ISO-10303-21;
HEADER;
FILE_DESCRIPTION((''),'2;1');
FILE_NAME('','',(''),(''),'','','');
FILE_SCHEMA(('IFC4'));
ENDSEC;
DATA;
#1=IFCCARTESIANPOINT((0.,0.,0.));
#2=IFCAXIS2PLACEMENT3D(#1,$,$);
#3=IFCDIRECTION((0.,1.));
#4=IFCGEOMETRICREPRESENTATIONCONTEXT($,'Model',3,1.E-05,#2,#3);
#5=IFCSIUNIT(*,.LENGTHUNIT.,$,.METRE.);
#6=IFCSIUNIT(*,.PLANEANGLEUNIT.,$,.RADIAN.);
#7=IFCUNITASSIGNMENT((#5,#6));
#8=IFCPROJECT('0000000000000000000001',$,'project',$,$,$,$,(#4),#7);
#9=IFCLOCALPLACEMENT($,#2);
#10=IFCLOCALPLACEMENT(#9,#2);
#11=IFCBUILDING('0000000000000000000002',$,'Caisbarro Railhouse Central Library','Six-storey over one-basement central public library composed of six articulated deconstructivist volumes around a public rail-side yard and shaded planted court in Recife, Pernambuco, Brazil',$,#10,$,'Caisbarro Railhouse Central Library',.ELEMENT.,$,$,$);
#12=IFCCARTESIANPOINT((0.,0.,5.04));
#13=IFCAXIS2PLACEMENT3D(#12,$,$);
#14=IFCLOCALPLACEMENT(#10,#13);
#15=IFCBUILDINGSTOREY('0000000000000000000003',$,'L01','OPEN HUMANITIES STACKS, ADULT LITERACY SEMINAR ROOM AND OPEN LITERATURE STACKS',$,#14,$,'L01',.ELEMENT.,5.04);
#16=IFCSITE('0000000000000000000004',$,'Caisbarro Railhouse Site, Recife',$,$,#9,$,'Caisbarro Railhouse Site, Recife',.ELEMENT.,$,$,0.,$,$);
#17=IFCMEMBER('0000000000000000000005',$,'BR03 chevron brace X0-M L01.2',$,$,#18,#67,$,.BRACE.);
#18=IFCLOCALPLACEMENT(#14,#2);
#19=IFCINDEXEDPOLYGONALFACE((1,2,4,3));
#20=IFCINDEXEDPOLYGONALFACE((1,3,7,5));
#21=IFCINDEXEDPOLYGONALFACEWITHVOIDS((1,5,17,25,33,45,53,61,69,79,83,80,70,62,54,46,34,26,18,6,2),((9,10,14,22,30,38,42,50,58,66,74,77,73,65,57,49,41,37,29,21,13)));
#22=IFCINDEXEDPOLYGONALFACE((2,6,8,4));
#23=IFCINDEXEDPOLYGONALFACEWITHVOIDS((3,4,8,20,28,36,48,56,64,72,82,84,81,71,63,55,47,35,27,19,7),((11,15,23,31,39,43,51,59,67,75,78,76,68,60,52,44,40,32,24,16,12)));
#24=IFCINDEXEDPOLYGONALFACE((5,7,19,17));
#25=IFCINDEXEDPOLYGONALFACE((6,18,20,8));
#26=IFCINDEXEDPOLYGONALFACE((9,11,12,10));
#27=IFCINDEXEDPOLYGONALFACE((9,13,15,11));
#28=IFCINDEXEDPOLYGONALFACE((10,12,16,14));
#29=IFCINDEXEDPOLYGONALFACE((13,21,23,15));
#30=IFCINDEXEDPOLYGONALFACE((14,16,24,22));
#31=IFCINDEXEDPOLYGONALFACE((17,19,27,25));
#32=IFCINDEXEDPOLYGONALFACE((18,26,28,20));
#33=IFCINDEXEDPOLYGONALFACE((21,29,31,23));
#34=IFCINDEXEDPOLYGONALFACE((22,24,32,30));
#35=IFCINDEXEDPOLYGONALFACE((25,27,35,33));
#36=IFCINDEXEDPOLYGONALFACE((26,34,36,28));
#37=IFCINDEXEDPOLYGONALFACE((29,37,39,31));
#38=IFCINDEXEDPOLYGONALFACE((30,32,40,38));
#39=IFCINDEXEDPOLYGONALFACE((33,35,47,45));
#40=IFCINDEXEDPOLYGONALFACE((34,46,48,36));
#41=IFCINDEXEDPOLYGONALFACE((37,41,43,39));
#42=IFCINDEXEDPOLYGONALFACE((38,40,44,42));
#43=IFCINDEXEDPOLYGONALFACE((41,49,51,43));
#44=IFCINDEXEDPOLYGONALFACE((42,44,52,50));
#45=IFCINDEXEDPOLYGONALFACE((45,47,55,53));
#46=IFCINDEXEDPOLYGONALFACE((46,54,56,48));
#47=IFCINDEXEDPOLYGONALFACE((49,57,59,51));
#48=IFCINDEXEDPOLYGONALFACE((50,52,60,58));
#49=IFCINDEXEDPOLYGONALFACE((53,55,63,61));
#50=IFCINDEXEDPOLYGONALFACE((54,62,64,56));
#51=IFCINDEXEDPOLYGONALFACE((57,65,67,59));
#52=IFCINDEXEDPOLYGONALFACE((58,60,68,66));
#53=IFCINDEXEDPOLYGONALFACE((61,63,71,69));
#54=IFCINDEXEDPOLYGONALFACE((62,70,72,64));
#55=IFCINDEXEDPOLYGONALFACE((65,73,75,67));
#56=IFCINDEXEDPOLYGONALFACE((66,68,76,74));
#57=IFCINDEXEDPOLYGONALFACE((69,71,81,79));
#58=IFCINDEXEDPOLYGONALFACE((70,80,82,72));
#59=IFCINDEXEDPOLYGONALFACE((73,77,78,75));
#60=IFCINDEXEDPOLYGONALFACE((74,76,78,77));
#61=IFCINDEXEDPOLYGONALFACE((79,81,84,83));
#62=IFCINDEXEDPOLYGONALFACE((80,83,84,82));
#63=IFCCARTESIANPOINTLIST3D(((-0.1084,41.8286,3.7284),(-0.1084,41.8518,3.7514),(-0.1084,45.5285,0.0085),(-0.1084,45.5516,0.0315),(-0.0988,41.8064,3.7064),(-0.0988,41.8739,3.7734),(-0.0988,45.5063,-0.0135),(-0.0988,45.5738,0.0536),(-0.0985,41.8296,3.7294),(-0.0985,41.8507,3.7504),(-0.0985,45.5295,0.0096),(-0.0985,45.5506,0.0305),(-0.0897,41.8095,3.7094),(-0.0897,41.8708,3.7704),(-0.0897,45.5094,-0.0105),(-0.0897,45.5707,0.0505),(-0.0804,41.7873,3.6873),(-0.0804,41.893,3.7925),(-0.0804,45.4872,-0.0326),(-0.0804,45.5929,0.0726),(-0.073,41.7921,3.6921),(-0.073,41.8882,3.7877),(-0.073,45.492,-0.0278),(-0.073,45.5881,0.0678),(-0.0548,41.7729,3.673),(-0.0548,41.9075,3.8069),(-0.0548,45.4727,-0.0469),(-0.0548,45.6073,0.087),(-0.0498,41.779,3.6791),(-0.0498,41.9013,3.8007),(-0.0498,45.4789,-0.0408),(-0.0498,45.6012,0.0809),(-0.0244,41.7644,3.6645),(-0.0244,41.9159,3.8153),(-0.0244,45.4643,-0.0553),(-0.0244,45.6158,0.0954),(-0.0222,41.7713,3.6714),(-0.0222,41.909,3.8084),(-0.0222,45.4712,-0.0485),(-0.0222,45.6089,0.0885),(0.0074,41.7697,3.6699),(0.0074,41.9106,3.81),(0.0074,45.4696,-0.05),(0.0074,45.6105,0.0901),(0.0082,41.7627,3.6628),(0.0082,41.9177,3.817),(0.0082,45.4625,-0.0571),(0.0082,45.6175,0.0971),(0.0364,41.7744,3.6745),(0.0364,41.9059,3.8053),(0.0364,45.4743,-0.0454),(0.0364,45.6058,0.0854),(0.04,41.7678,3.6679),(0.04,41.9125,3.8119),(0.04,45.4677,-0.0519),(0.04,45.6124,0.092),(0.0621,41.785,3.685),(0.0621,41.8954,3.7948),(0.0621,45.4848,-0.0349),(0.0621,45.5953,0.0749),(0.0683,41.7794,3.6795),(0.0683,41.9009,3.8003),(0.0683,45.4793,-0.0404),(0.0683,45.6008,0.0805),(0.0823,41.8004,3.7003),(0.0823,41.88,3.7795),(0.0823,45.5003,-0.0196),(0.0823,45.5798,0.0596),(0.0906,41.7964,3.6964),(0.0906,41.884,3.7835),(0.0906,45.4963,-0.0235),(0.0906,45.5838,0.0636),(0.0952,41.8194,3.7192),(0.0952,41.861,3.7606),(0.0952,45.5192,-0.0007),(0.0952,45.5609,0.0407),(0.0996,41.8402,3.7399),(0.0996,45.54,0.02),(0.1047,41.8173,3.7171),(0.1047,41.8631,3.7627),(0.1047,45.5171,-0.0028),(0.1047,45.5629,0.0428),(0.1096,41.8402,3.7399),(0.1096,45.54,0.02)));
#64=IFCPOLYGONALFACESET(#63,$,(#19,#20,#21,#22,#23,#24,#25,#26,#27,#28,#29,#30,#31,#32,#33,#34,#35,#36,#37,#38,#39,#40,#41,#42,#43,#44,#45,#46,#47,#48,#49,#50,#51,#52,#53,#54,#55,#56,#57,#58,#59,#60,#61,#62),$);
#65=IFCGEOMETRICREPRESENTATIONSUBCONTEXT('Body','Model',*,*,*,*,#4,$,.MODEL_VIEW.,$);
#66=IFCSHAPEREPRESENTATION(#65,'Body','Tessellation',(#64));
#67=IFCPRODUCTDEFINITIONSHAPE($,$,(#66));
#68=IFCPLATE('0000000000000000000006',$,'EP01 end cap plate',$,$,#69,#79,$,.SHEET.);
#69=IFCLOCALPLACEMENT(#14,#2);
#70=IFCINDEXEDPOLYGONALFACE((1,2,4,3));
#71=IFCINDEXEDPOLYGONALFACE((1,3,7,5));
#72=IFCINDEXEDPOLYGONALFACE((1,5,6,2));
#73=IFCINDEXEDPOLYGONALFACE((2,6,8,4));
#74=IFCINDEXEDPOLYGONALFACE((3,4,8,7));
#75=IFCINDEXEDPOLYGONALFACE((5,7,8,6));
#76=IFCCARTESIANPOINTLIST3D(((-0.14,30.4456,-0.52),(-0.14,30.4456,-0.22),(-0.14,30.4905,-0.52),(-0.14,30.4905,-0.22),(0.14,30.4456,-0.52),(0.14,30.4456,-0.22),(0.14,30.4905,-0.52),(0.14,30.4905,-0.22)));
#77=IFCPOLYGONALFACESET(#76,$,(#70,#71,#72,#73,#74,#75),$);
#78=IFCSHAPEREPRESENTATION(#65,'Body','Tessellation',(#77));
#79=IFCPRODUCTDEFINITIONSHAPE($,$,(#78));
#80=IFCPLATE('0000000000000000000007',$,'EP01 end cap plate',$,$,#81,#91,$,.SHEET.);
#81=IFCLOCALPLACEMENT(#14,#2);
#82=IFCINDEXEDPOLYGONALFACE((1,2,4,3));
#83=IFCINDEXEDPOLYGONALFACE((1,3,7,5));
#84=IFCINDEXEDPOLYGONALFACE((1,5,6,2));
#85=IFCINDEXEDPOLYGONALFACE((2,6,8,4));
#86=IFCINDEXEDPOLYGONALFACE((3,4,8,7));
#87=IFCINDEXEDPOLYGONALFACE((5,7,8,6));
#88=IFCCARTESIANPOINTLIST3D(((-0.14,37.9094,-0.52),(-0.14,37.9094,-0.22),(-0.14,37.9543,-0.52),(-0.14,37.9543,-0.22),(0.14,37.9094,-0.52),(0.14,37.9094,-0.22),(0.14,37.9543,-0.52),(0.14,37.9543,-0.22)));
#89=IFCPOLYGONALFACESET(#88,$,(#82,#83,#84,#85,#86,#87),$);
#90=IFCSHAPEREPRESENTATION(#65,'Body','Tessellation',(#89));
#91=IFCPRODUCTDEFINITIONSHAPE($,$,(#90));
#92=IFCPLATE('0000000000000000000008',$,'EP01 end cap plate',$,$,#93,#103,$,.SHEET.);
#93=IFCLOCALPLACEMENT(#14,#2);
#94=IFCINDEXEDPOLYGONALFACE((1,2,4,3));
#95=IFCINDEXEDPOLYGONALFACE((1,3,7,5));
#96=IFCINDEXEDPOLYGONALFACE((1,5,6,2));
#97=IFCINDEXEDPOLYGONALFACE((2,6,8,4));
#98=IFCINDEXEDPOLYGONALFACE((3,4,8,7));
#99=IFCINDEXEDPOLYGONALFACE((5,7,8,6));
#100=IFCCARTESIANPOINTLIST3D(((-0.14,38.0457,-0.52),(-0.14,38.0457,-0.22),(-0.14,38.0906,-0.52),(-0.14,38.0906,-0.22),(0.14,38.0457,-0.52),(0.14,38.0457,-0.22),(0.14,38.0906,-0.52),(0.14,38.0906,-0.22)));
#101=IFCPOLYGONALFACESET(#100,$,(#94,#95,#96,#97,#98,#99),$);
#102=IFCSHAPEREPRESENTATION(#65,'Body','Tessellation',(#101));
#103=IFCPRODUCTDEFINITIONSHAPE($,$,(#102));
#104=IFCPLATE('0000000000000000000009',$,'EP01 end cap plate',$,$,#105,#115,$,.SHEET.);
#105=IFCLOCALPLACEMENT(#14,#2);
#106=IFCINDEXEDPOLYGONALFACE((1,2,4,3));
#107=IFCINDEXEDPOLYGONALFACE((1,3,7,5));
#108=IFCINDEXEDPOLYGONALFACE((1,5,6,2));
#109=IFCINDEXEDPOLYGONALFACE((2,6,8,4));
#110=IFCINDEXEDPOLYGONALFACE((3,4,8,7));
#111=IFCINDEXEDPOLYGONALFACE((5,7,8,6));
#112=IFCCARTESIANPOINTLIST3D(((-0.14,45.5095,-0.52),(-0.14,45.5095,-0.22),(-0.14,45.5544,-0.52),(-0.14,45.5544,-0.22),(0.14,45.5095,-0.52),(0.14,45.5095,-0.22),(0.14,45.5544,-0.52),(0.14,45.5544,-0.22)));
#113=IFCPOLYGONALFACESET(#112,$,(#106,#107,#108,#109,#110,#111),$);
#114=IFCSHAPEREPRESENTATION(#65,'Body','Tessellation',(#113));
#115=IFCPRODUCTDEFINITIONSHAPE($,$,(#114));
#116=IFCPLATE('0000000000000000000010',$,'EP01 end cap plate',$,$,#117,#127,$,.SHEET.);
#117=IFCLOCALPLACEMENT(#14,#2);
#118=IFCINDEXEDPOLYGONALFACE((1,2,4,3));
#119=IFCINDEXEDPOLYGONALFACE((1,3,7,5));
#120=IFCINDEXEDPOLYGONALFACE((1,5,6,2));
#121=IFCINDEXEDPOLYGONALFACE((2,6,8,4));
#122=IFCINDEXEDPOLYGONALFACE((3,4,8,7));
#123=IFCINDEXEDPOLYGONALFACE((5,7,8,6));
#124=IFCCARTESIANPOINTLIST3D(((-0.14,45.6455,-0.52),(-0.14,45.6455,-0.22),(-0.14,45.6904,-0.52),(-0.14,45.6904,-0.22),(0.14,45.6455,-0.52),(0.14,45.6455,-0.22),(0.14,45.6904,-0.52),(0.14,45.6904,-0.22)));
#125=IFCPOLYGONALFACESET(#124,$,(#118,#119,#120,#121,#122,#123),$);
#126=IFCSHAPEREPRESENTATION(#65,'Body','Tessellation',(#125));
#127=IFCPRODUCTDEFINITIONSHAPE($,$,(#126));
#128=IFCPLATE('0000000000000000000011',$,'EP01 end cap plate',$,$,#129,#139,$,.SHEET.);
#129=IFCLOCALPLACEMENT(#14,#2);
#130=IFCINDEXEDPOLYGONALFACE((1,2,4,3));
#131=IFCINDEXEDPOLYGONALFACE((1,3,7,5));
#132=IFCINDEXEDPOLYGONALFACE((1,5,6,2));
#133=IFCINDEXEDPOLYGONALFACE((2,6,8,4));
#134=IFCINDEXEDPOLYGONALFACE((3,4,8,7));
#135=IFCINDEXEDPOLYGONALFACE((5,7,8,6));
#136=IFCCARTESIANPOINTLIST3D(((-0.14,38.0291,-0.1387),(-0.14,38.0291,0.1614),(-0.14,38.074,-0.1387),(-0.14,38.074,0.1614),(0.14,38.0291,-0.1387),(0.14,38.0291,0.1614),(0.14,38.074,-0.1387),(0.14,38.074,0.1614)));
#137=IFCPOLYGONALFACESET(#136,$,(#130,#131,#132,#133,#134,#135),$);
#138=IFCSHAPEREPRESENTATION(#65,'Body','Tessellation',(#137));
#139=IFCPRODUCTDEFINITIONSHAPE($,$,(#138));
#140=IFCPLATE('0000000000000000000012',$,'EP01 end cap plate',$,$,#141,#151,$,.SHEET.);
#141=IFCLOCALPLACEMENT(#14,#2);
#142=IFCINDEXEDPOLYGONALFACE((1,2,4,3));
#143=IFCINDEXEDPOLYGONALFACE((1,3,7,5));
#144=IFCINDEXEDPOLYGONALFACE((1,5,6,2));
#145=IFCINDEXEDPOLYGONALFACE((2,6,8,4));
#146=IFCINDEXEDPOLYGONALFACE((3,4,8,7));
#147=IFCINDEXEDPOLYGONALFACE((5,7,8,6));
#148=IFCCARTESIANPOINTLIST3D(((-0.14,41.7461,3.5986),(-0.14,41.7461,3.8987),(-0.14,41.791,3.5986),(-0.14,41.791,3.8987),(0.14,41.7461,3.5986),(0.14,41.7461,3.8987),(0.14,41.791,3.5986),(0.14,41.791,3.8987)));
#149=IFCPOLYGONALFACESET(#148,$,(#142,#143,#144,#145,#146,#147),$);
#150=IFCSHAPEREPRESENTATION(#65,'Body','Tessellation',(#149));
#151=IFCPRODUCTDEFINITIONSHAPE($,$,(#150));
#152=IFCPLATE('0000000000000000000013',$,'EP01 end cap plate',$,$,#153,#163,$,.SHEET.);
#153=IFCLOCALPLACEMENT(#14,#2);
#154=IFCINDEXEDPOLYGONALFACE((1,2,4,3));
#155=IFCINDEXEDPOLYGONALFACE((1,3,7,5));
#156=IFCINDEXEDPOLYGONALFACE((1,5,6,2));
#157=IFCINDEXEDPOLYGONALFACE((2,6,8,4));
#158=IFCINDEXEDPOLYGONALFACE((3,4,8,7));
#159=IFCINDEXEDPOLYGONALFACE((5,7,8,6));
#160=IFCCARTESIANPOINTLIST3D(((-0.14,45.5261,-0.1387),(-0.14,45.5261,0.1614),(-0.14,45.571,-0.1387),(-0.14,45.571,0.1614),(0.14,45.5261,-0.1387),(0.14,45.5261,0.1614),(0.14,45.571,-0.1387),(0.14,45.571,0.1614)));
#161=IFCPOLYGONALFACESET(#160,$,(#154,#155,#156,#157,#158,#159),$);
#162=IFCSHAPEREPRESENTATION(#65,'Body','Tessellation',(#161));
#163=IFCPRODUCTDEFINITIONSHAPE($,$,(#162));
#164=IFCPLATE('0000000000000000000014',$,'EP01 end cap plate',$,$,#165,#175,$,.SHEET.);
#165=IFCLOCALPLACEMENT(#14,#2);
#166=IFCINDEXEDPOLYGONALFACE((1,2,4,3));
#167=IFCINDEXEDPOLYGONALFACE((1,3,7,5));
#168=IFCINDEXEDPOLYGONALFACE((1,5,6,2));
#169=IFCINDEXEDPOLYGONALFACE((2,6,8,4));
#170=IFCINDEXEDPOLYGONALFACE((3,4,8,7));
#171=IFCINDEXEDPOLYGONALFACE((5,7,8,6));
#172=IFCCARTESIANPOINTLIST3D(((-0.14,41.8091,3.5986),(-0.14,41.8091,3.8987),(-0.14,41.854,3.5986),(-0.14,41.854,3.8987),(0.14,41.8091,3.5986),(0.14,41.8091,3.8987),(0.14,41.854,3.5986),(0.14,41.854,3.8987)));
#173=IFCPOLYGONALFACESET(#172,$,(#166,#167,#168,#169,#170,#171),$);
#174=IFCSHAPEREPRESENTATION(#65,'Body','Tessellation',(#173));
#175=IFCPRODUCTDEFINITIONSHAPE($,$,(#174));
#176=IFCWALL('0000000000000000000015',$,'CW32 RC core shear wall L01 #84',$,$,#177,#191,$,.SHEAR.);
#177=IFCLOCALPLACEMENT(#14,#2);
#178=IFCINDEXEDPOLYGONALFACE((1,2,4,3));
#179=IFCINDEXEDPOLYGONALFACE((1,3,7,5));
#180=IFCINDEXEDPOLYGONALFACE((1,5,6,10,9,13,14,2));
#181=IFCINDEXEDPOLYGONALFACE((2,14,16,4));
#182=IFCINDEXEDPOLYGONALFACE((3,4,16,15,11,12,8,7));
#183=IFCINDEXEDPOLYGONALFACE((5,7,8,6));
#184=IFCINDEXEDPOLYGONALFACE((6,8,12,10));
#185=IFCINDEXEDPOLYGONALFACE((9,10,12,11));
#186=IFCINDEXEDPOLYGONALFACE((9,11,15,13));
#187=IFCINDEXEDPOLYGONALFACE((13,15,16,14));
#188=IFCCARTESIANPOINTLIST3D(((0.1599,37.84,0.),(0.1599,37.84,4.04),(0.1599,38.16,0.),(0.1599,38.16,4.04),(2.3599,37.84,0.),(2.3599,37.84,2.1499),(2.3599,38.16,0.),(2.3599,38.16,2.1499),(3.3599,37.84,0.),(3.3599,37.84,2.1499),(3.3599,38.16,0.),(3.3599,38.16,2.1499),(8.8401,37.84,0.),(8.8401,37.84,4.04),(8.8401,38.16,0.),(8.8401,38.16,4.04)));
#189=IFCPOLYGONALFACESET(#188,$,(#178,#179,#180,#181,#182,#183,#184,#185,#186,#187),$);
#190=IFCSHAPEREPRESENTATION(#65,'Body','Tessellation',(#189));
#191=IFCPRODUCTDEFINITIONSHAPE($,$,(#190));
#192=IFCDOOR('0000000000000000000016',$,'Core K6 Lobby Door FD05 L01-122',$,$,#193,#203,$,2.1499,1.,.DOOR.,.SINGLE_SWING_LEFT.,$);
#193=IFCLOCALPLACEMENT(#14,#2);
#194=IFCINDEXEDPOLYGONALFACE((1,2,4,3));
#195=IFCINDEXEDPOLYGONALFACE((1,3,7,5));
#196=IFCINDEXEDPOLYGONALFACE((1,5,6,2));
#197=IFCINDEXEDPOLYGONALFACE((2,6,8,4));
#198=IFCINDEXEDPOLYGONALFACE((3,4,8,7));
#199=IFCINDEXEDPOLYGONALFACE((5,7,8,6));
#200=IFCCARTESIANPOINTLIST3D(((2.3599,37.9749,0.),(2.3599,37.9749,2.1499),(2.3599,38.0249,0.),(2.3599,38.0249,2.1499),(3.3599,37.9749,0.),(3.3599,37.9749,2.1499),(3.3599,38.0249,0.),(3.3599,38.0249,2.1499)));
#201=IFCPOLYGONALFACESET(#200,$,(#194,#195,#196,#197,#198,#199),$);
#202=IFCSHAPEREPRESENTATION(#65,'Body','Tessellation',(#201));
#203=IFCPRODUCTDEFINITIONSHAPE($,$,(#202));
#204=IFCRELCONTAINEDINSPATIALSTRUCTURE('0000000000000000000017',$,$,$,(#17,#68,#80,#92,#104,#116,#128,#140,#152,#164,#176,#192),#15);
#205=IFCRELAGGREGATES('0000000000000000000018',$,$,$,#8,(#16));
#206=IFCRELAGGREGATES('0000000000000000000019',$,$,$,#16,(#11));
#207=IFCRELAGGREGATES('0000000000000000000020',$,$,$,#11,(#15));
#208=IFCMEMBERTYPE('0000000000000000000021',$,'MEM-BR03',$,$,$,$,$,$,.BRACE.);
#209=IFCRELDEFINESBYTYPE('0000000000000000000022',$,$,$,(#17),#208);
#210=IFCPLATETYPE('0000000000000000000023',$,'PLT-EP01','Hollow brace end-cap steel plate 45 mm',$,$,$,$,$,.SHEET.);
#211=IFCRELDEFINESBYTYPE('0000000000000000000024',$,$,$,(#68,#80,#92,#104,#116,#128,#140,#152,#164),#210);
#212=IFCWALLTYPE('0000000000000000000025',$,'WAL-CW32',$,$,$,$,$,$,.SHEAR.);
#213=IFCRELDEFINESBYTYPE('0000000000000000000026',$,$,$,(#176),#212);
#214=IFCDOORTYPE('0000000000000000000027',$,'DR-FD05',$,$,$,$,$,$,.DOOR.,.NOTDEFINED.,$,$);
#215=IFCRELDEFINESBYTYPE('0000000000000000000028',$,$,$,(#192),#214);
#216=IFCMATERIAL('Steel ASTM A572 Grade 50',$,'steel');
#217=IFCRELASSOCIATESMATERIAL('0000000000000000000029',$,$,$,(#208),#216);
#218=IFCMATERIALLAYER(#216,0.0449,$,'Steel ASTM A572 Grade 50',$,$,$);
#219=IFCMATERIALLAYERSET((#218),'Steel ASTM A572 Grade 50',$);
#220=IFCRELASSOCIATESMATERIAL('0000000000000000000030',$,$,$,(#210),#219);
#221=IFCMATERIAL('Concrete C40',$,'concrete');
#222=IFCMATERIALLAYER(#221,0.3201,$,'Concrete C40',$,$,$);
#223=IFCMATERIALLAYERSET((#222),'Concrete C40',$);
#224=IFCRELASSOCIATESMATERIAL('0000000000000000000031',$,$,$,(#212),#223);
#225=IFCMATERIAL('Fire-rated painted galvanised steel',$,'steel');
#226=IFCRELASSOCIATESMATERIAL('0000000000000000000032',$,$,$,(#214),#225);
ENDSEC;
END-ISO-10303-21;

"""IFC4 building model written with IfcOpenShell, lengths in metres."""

from ifc_helpers import new_model, si_unit, direction, frame, frame_2d, origin, origin_2d, place, context, subcontext, project, spatial, rectangle, hollow_circle, extrude, material, layer, layer_set, material_profile, profile_set, type_object, element, fill, save


model = new_model("IFC4")

# Units and contexts
model_context = context("Model", 3, precision=1e-05, world=origin(), true_north=direction((0.0, 1.0)))
body_context = subcontext(model_context, "Body", "Model", "MODEL_VIEW")
ifc_project = project(units=[si_unit("LENGTHUNIT", "METRE"), si_unit("PLANEANGLEUNIT", "RADIAN")], contexts=[model_context])

# Site, building, storey
site_placement = place(None, origin())
site = spatial("IfcSite", under=ifc_project, at=site_placement, Name="Caisbarro Railhouse Site, Recife", LongName="Caisbarro Railhouse Site, Recife", CompositionType="ELEMENT", RefElevation=0.0)
building_placement = place(site_placement, origin())
building = spatial("IfcBuilding", under=site, at=building_placement, Name="Caisbarro Railhouse Central Library", Description="Six-storey over one-basement central public library composed of six articulated deconstructivist volumes around a public rail-side yard and shaded planted court in Recife, Pernambuco, Brazil", LongName="Caisbarro Railhouse Central Library", CompositionType="ELEMENT")
storey_placement = place(building_placement, frame((0.0, 0.0, 5.04)))
storey = spatial("IfcBuildingStorey", under=building, at=storey_placement, Name="L01", Description="OPEN HUMANITIES STACKS, ADULT LITERACY SEMINAR ROOM AND OPEN LITERATURE STACKS", LongName="L01", CompositionType="ELEMENT", Elevation=5.04)

# Shared definitions
ifc_material_1 = material(Name="Steel ASTM A572 Grade 50", Category="steel")

# Shared definitions
ifc_material_2 = material(Name="Concrete C40", Category="concrete")

# Member
ifc_material_profile_1 = material_profile(ifc_material_1, hollow_circle(Radius=0.1096, WallThickness=0.01, at=origin_2d()), Name="CHS219.1X10")
ifc_profile_set_1 = profile_set([ifc_material_profile_1], Name="Steel ASTM A572 Grade 50")
member_type_1 = type_object("IfcMemberType", Name="MEM-BR03", PredefinedType="BRACE", material=ifc_profile_set_1)
for number, where, z_axis, x_axis, name in (
    (1, (0.0, 45.54, 0.02), (0.0, -0.705196, 0.709012), (1.0, 0.0, 0.0), "BR03 chevron brace X0-M L01.2"),
):
    element("IfcMember", number, at=place(storey_placement, frame(where, z_axis=z_axis, x_axis=x_axis)), inside=storey, type_object=member_type_1, Name=name, PredefinedType="BRACE", context=body_context, shape_type="SweptSolid", body=[
        extrude(hollow_circle(Radius=0.1096, WallThickness=0.01, at=origin_2d()), origin(), (0.0, 0.0, 1.0), 5.2466),
    ])

# Plates
ifc_layer_1 = layer(ifc_material_1, 0.0449, Name="Steel ASTM A572 Grade 50")
ifc_layer_set_1 = layer_set([ifc_layer_1], Name="Steel ASTM A572 Grade 50")
plate_type = type_object("IfcPlateType", Name="PLT-EP01", Description="Hollow brace end-cap steel plate 45 mm", PredefinedType="SHEET", material=ifc_layer_set_1)
for number, where, z_axis, x_axis, name in (
    (2, (0.0, 30.468, -0.52), (0.0, 0.0, 1.0), (0.0, 1.0, 0.0), "EP01 end cap plate"),
    (3, (0.0, 37.9319, -0.52), (0.0, 0.0, 1.0), (0.0, 1.0, 0.0), "EP01 end cap plate"),
    (4, (0.0, 38.0681, -0.52), (0.0, 0.0, 1.0), (0.0, 1.0, 0.0), "EP01 end cap plate"),
    (5, (0.0, 45.532, -0.52), (0.0, 0.0, 1.0), (0.0, 1.0, 0.0), "EP01 end cap plate"),
    (6, (0.0, 45.668, -0.52), (0.0, 0.0, 1.0), (0.0, 1.0, 0.0), "EP01 end cap plate"),
    (7, (0.0, 38.0515, -0.1387), (0.0, 0.0, 1.0), (0.0, 1.0, 0.0), "EP01 end cap plate"),
    (8, (0.0, 41.7686, 3.5986), (0.0, 0.0, 1.0), (0.0, 1.0, 0.0), "EP01 end cap plate"),
    (9, (0.0, 45.5486, -0.1387), (0.0, 0.0, 1.0), (0.0, -1.0, 0.0), "EP01 end cap plate"),
    (10, (0.0, 41.8315, 3.5986), (0.0, 0.0, 1.0), (0.0, -1.0, 0.0), "EP01 end cap plate"),
):
    element("IfcPlate", number, at=place(storey_placement, frame(where, z_axis=z_axis, x_axis=x_axis)), inside=storey, type_object=plate_type, Name=name, PredefinedType="SHEET", context=body_context, shape_type="SweptSolid", body=[
        extrude(rectangle(XDim=0.0449, YDim=0.28, at=origin_2d()), origin(), (0.0, 0.0, 1.0), 0.3),
    ])

# Wall, opening, door
ifc_layer_2 = layer(ifc_material_2, 0.3201, Name="Concrete C40")
ifc_layer_set_2 = layer_set([ifc_layer_2], Name="Concrete C40")
wall_type_1 = type_object("IfcWallType", Name="WAL-CW32", PredefinedType="SHEAR", material=ifc_layer_set_2)
wall_1_placement = place(storey_placement, frame((0.1599, 38.0, 0.0), z_axis=(0.0, 0.0, 1.0), x_axis=(1.0, 0.0, 0.0)))
wall_1 = element("IfcWall", 11, at=wall_1_placement, inside=storey, type_object=wall_type_1, Name="CW32 RC core shear wall L01 #84", PredefinedType="SHEAR", context=body_context, shape_type="SweptSolid", body=[
    extrude(rectangle(XDim=8.6802, YDim=0.3201, at=frame_2d((4.3401, 0.0))), origin(), (0.0, 0.0, 1.0), 4.04),
])
opening_1_placement = place(wall_1_placement, frame((2.2, 0.0, 0.0)))
opening_1 = element("IfcOpeningElement", 12, at=opening_1_placement, cuts=wall_1, PredefinedType="OPENING", context=body_context, shape_type="SweptSolid", body=[
    extrude(rectangle(XDim=1.0, YDim=2.1499, at=frame_2d((0.5, 1.075))), frame((0.0, 0.1699, 0.0), z_axis=(0.0, -1.0, 0.0), x_axis=(1.0, 0.0, 0.0)), (0.0, 0.0, 1.0), 0.3401),
])
ifc_material_3 = material(Name="Fire-rated painted galvanised steel", Category="steel")
door_type_1 = type_object("IfcDoorType", Name="DR-FD05", OperationType="NOTDEFINED", PredefinedType="DOOR", material=ifc_material_3)
door_1_placement = place(opening_1_placement, origin())
door_1 = element("IfcDoor", 13, at=door_1_placement, inside=storey, type_object=door_type_1, Name="Core K6 Lobby Door FD05 L01-122", OperationType="SINGLE_SWING_LEFT", OverallHeight=2.1499, OverallWidth=1.0, PredefinedType="DOOR", context=body_context, shape_type="SweptSolid", body=[
    extrude(rectangle(XDim=1.0, YDim=2.1499, at=frame_2d((0.5, 1.075))), frame((0.0, 0.0249, 0.0), z_axis=(0.0, -1.0, 0.0), x_axis=(1.0, 0.0, 0.0)), (0.0, 0.0, 1.0), 0.05),
])
fill(opening_1, door_1)

save(model, "model.ifc")
